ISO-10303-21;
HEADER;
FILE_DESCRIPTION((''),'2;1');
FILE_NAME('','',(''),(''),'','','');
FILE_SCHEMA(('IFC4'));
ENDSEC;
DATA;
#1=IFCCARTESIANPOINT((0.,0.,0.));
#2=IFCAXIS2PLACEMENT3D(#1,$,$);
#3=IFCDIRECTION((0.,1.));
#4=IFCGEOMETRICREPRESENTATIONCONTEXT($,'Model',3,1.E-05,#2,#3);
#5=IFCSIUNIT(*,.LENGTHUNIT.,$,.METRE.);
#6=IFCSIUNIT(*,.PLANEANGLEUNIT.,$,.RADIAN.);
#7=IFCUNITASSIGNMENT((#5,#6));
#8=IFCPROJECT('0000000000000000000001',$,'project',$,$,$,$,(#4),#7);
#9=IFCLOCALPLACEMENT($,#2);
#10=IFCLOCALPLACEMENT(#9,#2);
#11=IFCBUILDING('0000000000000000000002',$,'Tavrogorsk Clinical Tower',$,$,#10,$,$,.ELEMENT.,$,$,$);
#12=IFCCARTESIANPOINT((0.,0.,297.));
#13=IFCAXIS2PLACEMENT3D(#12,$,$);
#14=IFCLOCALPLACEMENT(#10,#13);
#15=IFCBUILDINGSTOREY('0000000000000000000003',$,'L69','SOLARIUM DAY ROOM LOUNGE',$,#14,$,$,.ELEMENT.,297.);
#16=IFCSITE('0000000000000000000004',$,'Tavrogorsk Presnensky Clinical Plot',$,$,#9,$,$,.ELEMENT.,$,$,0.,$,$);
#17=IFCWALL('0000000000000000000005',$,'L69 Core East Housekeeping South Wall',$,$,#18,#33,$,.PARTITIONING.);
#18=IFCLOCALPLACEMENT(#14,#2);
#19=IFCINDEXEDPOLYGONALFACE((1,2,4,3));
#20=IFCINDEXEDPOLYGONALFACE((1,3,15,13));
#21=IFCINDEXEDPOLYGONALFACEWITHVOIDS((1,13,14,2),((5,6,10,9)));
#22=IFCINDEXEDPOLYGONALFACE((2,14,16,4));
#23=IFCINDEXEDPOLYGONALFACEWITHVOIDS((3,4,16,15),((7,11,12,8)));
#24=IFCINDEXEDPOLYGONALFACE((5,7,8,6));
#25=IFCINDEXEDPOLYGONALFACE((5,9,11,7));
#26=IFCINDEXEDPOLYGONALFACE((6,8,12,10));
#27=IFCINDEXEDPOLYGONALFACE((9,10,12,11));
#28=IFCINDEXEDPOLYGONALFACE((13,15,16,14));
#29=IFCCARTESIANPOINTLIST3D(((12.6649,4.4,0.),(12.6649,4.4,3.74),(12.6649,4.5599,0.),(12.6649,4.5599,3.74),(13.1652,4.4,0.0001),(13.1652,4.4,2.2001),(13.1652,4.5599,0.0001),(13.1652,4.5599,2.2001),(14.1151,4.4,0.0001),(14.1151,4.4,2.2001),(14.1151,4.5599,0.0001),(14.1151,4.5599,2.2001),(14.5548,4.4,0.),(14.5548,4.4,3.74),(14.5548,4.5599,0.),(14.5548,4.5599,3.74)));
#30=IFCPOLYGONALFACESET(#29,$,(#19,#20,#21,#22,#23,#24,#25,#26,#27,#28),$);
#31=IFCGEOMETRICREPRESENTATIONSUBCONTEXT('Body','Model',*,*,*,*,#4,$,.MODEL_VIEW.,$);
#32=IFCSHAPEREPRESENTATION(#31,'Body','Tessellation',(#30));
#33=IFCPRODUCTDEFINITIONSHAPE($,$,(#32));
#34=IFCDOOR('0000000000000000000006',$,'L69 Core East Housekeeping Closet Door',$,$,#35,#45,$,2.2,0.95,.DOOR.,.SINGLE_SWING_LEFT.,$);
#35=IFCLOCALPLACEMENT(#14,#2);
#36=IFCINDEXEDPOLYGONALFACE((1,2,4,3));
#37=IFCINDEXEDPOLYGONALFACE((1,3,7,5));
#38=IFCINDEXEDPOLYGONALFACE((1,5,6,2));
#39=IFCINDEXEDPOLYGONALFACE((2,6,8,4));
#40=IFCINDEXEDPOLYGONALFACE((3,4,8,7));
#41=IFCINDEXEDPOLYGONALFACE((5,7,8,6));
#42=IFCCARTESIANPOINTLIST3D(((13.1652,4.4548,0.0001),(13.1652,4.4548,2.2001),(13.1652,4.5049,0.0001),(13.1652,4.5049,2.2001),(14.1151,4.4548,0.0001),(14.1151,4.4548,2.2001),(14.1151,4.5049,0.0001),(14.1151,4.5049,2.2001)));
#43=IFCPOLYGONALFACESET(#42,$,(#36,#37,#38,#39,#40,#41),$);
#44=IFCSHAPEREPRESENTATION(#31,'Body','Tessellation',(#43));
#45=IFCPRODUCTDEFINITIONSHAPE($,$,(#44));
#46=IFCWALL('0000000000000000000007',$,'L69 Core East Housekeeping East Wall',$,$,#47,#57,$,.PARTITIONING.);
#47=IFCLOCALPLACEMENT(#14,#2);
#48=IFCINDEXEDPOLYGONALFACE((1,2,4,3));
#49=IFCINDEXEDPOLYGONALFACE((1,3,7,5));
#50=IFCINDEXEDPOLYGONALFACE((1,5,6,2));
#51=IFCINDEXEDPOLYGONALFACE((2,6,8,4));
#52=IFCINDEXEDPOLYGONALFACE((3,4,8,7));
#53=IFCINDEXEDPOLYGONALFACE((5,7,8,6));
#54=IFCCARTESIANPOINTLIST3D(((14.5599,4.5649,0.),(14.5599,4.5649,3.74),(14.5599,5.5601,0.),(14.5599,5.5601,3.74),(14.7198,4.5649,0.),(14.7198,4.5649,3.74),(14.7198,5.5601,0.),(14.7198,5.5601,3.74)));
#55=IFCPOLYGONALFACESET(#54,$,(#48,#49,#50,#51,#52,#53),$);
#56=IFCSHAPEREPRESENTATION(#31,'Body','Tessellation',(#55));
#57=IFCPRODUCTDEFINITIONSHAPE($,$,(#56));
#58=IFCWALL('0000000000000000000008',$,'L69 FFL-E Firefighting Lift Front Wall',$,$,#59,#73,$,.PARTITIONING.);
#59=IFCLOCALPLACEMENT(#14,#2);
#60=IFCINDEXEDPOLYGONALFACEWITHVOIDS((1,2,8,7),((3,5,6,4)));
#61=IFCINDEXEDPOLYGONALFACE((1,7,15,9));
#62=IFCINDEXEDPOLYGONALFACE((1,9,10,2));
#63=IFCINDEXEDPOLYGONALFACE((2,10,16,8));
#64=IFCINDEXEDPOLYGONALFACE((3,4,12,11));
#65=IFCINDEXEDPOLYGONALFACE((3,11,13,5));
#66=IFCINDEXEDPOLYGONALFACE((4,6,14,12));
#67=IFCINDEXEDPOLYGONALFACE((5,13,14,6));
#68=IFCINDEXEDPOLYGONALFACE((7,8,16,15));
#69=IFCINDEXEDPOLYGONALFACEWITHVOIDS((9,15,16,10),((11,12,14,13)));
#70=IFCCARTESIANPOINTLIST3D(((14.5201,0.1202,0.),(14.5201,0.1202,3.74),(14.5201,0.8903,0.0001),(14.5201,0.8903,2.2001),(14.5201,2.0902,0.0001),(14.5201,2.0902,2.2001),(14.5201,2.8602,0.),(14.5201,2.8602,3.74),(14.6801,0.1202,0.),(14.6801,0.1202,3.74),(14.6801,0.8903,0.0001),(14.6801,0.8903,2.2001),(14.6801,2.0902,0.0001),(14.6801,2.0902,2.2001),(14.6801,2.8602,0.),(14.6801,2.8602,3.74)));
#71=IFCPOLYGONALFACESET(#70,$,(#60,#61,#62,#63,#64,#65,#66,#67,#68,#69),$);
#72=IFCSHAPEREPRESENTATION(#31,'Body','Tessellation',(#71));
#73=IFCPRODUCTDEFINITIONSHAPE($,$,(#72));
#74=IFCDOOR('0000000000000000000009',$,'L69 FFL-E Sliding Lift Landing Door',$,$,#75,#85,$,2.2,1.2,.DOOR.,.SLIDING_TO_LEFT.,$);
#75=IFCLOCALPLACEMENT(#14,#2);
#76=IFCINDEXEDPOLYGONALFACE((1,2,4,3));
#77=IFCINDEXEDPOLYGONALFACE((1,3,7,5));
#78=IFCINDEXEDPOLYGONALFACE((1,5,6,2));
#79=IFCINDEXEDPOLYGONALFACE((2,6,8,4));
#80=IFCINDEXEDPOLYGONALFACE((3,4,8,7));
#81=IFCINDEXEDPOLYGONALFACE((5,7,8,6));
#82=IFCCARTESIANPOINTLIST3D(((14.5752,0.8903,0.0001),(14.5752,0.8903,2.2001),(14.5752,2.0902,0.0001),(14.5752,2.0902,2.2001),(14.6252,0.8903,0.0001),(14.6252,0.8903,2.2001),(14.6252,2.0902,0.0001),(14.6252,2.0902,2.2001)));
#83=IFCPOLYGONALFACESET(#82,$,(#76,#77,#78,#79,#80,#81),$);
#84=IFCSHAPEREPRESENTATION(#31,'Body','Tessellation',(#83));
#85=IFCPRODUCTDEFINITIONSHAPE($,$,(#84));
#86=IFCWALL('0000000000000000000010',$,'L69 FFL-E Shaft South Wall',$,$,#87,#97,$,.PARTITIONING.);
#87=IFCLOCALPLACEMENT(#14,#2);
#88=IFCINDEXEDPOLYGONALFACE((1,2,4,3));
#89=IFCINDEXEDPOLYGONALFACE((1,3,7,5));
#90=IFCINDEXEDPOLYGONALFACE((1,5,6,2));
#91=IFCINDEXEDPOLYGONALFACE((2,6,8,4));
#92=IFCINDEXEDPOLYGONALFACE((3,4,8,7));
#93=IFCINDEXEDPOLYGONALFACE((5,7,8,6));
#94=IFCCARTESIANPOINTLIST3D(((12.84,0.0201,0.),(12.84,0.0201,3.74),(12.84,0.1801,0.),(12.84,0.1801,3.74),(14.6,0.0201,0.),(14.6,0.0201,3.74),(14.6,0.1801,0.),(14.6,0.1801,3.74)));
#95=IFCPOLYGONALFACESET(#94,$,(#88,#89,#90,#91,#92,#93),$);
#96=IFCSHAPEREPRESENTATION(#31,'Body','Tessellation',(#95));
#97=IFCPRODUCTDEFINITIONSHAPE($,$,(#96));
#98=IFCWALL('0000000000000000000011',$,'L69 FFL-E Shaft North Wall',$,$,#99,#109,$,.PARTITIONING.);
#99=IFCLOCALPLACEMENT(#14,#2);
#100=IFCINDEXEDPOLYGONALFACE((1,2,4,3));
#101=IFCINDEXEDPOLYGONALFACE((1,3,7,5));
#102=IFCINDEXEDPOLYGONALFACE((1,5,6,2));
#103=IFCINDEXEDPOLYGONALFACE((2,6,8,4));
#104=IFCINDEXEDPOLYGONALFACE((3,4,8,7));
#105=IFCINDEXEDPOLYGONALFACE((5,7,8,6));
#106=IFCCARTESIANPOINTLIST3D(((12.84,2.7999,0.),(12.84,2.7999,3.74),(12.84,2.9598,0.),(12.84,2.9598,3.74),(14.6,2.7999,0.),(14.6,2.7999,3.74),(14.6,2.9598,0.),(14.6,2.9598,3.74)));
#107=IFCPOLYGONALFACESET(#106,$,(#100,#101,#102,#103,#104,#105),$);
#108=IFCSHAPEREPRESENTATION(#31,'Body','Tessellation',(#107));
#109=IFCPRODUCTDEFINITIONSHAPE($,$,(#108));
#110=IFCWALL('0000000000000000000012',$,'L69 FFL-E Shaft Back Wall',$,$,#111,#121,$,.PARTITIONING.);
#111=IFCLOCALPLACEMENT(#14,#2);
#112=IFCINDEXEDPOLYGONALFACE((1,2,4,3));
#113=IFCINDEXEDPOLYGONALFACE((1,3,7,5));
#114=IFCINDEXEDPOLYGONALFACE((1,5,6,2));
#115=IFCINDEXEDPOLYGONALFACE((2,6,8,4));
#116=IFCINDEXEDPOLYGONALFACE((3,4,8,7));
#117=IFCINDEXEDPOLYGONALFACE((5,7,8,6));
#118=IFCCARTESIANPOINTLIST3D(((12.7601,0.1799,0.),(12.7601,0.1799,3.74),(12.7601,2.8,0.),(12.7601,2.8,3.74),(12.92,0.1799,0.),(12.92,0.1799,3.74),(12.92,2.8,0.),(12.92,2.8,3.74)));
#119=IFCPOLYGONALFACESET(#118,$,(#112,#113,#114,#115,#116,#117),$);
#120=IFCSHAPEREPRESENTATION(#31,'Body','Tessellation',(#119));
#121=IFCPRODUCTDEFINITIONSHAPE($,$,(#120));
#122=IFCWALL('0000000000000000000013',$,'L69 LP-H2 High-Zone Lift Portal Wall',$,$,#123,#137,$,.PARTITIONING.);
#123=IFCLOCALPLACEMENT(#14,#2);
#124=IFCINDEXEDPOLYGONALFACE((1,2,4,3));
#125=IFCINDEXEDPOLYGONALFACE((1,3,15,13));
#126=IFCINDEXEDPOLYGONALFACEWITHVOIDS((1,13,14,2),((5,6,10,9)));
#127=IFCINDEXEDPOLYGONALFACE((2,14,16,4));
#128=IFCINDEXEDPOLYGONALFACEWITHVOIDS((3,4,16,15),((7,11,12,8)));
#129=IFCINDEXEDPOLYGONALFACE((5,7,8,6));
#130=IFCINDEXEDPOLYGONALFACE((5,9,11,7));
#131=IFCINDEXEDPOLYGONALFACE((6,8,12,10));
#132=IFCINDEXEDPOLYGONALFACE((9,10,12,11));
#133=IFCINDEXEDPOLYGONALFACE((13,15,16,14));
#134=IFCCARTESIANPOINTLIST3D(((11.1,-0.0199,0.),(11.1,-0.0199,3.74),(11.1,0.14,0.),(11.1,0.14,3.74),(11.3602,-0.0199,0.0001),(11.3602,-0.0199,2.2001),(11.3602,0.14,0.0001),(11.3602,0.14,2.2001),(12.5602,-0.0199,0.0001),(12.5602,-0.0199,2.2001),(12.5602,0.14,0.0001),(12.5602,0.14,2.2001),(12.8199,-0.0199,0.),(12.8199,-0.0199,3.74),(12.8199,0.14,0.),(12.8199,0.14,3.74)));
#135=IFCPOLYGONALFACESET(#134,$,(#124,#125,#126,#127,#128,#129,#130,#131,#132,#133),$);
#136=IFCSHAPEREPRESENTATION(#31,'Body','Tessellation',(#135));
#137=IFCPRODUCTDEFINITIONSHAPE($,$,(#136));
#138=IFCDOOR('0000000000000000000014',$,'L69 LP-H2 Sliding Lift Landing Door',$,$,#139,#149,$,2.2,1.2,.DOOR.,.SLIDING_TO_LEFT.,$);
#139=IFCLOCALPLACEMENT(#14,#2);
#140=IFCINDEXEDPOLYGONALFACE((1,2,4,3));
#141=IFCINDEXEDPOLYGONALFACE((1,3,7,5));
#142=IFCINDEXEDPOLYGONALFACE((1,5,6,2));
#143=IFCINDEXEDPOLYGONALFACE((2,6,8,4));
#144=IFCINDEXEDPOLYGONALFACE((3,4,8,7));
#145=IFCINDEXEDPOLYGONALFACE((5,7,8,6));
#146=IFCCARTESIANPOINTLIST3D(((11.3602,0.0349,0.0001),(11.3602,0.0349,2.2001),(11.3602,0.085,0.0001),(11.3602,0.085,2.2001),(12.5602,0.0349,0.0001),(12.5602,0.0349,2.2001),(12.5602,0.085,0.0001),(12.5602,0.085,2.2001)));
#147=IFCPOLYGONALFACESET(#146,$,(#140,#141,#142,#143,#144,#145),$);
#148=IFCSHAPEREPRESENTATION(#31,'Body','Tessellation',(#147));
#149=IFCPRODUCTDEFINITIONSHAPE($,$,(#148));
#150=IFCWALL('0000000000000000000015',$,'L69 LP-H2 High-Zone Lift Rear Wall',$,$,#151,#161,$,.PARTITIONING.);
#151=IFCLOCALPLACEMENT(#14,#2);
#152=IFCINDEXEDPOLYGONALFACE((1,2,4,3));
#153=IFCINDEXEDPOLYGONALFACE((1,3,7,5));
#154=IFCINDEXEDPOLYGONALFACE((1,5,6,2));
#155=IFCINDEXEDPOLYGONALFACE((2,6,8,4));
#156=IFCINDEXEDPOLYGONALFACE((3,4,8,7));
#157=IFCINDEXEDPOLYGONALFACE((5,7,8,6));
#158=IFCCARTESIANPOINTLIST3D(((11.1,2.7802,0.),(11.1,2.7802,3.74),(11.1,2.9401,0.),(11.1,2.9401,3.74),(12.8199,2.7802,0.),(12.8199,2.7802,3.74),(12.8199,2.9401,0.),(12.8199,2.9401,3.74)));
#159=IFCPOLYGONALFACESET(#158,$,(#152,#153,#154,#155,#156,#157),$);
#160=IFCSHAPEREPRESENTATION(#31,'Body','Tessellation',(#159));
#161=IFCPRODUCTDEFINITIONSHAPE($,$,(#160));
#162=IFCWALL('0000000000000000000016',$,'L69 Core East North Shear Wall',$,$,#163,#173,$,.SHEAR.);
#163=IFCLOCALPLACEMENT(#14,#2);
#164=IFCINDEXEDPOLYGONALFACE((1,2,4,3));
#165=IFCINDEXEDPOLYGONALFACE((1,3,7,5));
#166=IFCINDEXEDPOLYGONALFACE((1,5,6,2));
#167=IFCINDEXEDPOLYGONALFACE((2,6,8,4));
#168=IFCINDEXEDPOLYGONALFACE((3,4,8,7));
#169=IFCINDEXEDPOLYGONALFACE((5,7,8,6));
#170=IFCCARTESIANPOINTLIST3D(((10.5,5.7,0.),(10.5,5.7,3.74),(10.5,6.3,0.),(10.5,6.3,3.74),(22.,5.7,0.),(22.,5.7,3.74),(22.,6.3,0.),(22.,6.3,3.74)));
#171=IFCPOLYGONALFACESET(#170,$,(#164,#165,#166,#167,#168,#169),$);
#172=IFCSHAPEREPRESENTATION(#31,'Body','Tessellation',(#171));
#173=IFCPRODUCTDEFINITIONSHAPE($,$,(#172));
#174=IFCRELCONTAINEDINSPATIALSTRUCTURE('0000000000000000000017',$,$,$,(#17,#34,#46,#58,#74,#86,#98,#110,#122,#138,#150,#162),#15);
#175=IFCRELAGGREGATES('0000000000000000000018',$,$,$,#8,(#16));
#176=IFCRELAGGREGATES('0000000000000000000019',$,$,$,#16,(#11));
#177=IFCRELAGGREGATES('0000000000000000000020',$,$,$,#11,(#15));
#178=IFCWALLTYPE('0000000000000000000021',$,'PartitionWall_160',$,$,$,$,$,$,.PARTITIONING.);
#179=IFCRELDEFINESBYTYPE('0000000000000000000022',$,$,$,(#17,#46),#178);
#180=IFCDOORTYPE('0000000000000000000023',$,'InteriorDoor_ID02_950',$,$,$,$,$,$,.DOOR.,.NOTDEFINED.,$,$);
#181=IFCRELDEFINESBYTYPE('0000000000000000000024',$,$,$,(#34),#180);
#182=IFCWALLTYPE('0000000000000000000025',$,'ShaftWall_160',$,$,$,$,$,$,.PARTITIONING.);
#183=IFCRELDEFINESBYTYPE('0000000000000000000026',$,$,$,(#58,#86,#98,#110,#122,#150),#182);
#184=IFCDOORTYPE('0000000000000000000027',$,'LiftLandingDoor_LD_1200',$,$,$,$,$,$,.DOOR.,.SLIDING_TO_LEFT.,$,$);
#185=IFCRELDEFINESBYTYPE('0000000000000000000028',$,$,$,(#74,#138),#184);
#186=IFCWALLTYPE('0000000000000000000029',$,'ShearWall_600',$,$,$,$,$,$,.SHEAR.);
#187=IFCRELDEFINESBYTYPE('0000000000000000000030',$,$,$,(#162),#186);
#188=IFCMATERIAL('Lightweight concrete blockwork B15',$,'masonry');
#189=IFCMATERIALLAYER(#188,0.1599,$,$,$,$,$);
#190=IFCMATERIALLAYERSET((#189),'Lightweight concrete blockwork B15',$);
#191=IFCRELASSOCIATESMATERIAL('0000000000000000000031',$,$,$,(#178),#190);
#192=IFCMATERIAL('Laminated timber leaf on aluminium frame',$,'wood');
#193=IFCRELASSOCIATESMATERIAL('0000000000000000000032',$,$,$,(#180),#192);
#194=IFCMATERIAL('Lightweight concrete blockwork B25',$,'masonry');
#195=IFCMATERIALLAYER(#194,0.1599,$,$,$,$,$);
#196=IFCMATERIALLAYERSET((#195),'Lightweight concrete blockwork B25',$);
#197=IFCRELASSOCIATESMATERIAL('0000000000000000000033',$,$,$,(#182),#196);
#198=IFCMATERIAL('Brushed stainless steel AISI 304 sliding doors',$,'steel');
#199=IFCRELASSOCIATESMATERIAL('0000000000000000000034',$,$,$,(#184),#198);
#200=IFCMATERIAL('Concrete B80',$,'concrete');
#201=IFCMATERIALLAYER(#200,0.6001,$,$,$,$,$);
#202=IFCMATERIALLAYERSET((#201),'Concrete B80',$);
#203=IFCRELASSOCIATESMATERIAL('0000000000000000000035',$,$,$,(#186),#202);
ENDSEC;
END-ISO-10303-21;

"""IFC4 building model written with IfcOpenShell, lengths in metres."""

from ifc_helpers import new_model, si_unit, direction, frame, frame_2d, origin, place, context, subcontext, project, spatial, rectangle, extrude, material, layer, layer_set, type_object, element, fill, save


model = new_model("IFC4")

# Units and contexts
model_context = context("Model", 3, precision=1e-05, world=origin(), true_north=direction((0.0, 1.0)))
body_context = subcontext(model_context, "Body", "Model", "MODEL_VIEW")
ifc_project = project(units=[si_unit("LENGTHUNIT", "METRE"), si_unit("PLANEANGLEUNIT", "RADIAN")], contexts=[model_context])

# Site, building, storey
site_placement = place(None, origin())
site = spatial("IfcSite", under=ifc_project, at=site_placement, Name="Tavrogorsk Presnensky Clinical Plot", CompositionType="ELEMENT", RefElevation=0.0)
building_placement = place(site_placement, origin())
building = spatial("IfcBuilding", under=site, at=building_placement, Name="Tavrogorsk Clinical Tower", CompositionType="ELEMENT")
storey_placement = place(building_placement, frame((0.0, 0.0, 297.0)))
storey = spatial("IfcBuildingStorey", under=building, at=storey_placement, Name="L69", Description="SOLARIUM DAY ROOM LOUNGE", CompositionType="ELEMENT", Elevation=297.0)

# Wall, opening, door
ifc_material_1 = material(Name="Lightweight concrete blockwork B15", Category="masonry")
ifc_layer_1 = layer(ifc_material_1, 0.1599)
ifc_layer_set_1 = layer_set([ifc_layer_1], Name="Lightweight concrete blockwork B15")
wall_type_1 = type_object("IfcWallType", Name="PartitionWall_160", PredefinedType="PARTITIONING", material=ifc_layer_set_1)
ifc_material_2 = material(Name="Laminated timber leaf on aluminium frame", Category="wood")
door_type_1 = type_object("IfcDoorType", Name="InteriorDoor_ID02_950", OperationType="NOTDEFINED", PredefinedType="DOOR", material=ifc_material_2)
wall_1_placement = place(storey_placement, frame((12.665, 4.48, 0.0), z_axis=(0.0, 0.0, 1.0), x_axis=(1.0, 0.0, 0.0)))
wall_1 = element("IfcWall", 1, at=wall_1_placement, inside=storey, type_object=wall_type_1, Name="L69 Core East Housekeeping South Wall", PredefinedType="PARTITIONING", context=body_context, shape_type="SweptSolid", body=[
    extrude(rectangle(XDim=1.8899, YDim=0.1599, at=frame_2d((0.9448, 0.0))), origin(), (0.0, 0.0, 1.0), 3.74),
])
opening_1_placement = place(wall_1_placement, frame((0.5, 0.0, 0.0)))
opening_1 = element("IfcOpeningElement", 2, at=opening_1_placement, cuts=wall_1, PredefinedType="OPENING", context=body_context, shape_type="SweptSolid", body=[
    extrude(rectangle(XDim=0.95, YDim=2.2, at=frame_2d((0.4751, 1.1001))), frame((0.0, 0.0898, 0.0), z_axis=(0.0, -1.0, 0.0), x_axis=(1.0, 0.0, 0.0)), (0.0, 0.0, 1.0), 0.1799),
])
door_1_placement = place(opening_1_placement, origin())
door_1 = element("IfcDoor", 3, at=door_1_placement, inside=storey, type_object=door_type_1, Name="L69 Core East Housekeeping Closet Door", OperationType="SINGLE_SWING_LEFT", OverallHeight=2.2, OverallWidth=0.95, PredefinedType="DOOR", context=body_context, shape_type="SweptSolid", body=[
    extrude(rectangle(XDim=0.95, YDim=2.2, at=frame_2d((0.4751, 1.1001))), frame((0.0, 0.0249, 0.0), z_axis=(0.0, -1.0, 0.0), x_axis=(1.0, 0.0, 0.0)), (0.0, 0.0, 1.0), 0.05),
])
fill(opening_1, door_1)

# Wall
wall_2_placement = place(storey_placement, frame((14.6399, 4.5649, 0.0), z_axis=(0.0, 0.0, 1.0), x_axis=(0.0, 1.0, 0.0)))
element("IfcWall", 4, at=wall_2_placement, inside=storey, type_object=wall_type_1, Name="L69 Core East Housekeeping East Wall", PredefinedType="PARTITIONING", context=body_context, shape_type="SweptSolid", body=[
    extrude(rectangle(XDim=0.9951, YDim=0.1599, at=frame_2d((0.4976, 0.0))), origin(), (0.0, 0.0, 1.0), 3.74),
])

# Wall, opening, door
ifc_material_3 = material(Name="Lightweight concrete blockwork B25", Category="masonry")
ifc_layer_2 = layer(ifc_material_3, 0.1599)
ifc_layer_set_2 = layer_set([ifc_layer_2], Name="Lightweight concrete blockwork B25")
wall_type_2 = type_object("IfcWallType", Name="ShaftWall_160", PredefinedType="PARTITIONING", material=ifc_layer_set_2)
wall_3_placement = place(storey_placement, frame((14.6001, 0.1201, 0.0), z_axis=(0.0, 0.0, 1.0), x_axis=(0.0, 1.0, 0.0)))
wall_3 = element("IfcWall", 5, at=wall_3_placement, inside=storey, type_object=wall_type_2, Name="L69 FFL-E Firefighting Lift Front Wall", PredefinedType="PARTITIONING", context=body_context, shape_type="SweptSolid", body=[
    extrude(rectangle(XDim=2.74, YDim=0.1599, at=frame_2d((1.3701, 0.0))), origin(), (0.0, 0.0, 1.0), 3.74),
])
opening_2_placement = place(wall_3_placement, frame((0.77, 0.0, 0.0)))
opening_2 = element("IfcOpeningElement", 6, at=opening_2_placement, cuts=wall_3, PredefinedType="OPENING", context=body_context, shape_type="SweptSolid", body=[
    extrude(rectangle(XDim=1.2, YDim=2.2, at=frame_2d((0.6001, 1.1001))), frame((0.0, 0.0898, 0.0), z_axis=(0.0, -1.0, 0.0), x_axis=(1.0, 0.0, 0.0)), (0.0, 0.0, 1.0), 0.1799),
])
ifc_material_4 = material(Name="Brushed stainless steel AISI 304 sliding doors", Category="steel")
door_type_2 = type_object("IfcDoorType", Name="LiftLandingDoor_LD_1200", OperationType="SLIDING_TO_LEFT", PredefinedType="DOOR", material=ifc_material_4)
door_2_placement = place(opening_2_placement, origin())
door_2 = element("IfcDoor", 7, at=door_2_placement, inside=storey, type_object=door_type_2, Name="L69 FFL-E Sliding Lift Landing Door", OperationType="SLIDING_TO_LEFT", OverallHeight=2.2, OverallWidth=1.2, PredefinedType="DOOR", context=body_context, shape_type="SweptSolid", body=[
    extrude(rectangle(XDim=1.2, YDim=2.2, at=frame_2d((0.6001, 1.1001))), frame((0.0, 0.0249, 0.0), z_axis=(0.0, -1.0, 0.0), x_axis=(1.0, 0.0, 0.0)), (0.0, 0.0, 1.0), 0.05),
])
fill(opening_2, door_2)

# Walls
for number, where, z_axis, x_axis, name in (
    (8, (12.8401, 0.1001, 0.0), (0.0, 0.0, 1.0), (1.0, 0.0, 0.0), "L69 FFL-E Shaft South Wall"),
    (9, (12.8401, 2.8799, 0.0), (0.0, 0.0, 1.0), (1.0, 0.0, 0.0), "L69 FFL-E Shaft North Wall"),
):
    element("IfcWall", number, at=place(storey_placement, frame(where, z_axis=z_axis, x_axis=x_axis)), inside=storey, type_object=wall_type_2, Name=name, PredefinedType="PARTITIONING", context=body_context, shape_type="SweptSolid", body=[
        extrude(rectangle(XDim=1.76, YDim=0.1599, at=frame_2d((0.8799, 0.0))), origin(), (0.0, 0.0, 1.0), 3.74),
    ])
wall_4_placement = place(storey_placement, frame((12.8401, 0.1799, 0.0), z_axis=(0.0, 0.0, 1.0), x_axis=(0.0, 1.0, 0.0)))
element("IfcWall", 10, at=wall_4_placement, inside=storey, type_object=wall_type_2, Name="L69 FFL-E Shaft Back Wall", PredefinedType="PARTITIONING", context=body_context, shape_type="SweptSolid", body=[
    extrude(rectangle(XDim=2.6201, YDim=0.1599, at=frame_2d((1.3101, 0.0))), origin(), (0.0, 0.0, 1.0), 3.74),
])

# Wall, opening, door
wall_5_placement = place(storey_placement, frame((11.1001, 0.0601, 0.0), z_axis=(0.0, 0.0, 1.0), x_axis=(1.0, 0.0, 0.0)))
wall_5 = element("IfcWall", 11, at=wall_5_placement, inside=storey, type_object=wall_type_2, Name="L69 LP-H2 High-Zone Lift Portal Wall", PredefinedType="PARTITIONING", context=body_context, shape_type="SweptSolid", body=[
    extrude(rectangle(XDim=1.72, YDim=0.1599, at=frame_2d((0.8599, 0.0))), origin(), (0.0, 0.0, 1.0), 3.74),
])
opening_3_placement = place(wall_5_placement, frame((0.26, 0.0, 0.0)))
opening_3 = element("IfcOpeningElement", 12, at=opening_3_placement, cuts=wall_5, PredefinedType="OPENING", context=body_context, shape_type="SweptSolid", body=[
    extrude(rectangle(XDim=1.2, YDim=2.2, at=frame_2d((0.6001, 1.1001))), frame((0.0, 0.0898, 0.0), z_axis=(0.0, -1.0, 0.0), x_axis=(1.0, 0.0, 0.0)), (0.0, 0.0, 1.0), 0.1799),
])
door_3_placement = place(opening_3_placement, origin())
door_3 = element("IfcDoor", 13, at=door_3_placement, inside=storey, type_object=door_type_2, Name="L69 LP-H2 Sliding Lift Landing Door", OperationType="SLIDING_TO_LEFT", OverallHeight=2.2, OverallWidth=1.2, PredefinedType="DOOR", context=body_context, shape_type="SweptSolid", body=[
    extrude(rectangle(XDim=1.2, YDim=2.2, at=frame_2d((0.6001, 1.1001))), frame((0.0, 0.0249, 0.0), z_axis=(0.0, -1.0, 0.0), x_axis=(1.0, 0.0, 0.0)), (0.0, 0.0, 1.0), 0.05),
])
fill(opening_3, door_3)

# Walls
wall_6_placement = place(storey_placement, frame((11.1001, 2.8601, 0.0), z_axis=(0.0, 0.0, 1.0), x_axis=(1.0, 0.0, 0.0)))
element("IfcWall", 14, at=wall_6_placement, inside=storey, type_object=wall_type_2, Name="L69 LP-H2 High-Zone Lift Rear Wall", PredefinedType="PARTITIONING", context=body_context, shape_type="SweptSolid", body=[
    extrude(rectangle(XDim=1.72, YDim=0.1599, at=frame_2d((0.8599, 0.0))), origin(), (0.0, 0.0, 1.0), 3.74),
])
ifc_material_5 = material(Name="Concrete B80", Category="concrete")
ifc_layer_3 = layer(ifc_material_5, 0.6001)
ifc_layer_set_3 = layer_set([ifc_layer_3], Name="Concrete B80")
wall_type_3 = type_object("IfcWallType", Name="ShearWall_600", PredefinedType="SHEAR", material=ifc_layer_set_3)
wall_7_placement = place(storey_placement, frame((10.5, 6.0, 0.0), z_axis=(0.0, 0.0, 1.0), x_axis=(1.0, 0.0, 0.0)))
element("IfcWall", 15, at=wall_7_placement, inside=storey, type_object=wall_type_3, Name="L69 Core East North Shear Wall", PredefinedType="SHEAR", context=body_context, shape_type="SweptSolid", body=[
    extrude(rectangle(XDim=11.5, YDim=0.6001, at=frame_2d((5.75, 0.0))), origin(), (0.0, 0.0, 1.0), 3.74),
])

save(model, "model.ifc")
